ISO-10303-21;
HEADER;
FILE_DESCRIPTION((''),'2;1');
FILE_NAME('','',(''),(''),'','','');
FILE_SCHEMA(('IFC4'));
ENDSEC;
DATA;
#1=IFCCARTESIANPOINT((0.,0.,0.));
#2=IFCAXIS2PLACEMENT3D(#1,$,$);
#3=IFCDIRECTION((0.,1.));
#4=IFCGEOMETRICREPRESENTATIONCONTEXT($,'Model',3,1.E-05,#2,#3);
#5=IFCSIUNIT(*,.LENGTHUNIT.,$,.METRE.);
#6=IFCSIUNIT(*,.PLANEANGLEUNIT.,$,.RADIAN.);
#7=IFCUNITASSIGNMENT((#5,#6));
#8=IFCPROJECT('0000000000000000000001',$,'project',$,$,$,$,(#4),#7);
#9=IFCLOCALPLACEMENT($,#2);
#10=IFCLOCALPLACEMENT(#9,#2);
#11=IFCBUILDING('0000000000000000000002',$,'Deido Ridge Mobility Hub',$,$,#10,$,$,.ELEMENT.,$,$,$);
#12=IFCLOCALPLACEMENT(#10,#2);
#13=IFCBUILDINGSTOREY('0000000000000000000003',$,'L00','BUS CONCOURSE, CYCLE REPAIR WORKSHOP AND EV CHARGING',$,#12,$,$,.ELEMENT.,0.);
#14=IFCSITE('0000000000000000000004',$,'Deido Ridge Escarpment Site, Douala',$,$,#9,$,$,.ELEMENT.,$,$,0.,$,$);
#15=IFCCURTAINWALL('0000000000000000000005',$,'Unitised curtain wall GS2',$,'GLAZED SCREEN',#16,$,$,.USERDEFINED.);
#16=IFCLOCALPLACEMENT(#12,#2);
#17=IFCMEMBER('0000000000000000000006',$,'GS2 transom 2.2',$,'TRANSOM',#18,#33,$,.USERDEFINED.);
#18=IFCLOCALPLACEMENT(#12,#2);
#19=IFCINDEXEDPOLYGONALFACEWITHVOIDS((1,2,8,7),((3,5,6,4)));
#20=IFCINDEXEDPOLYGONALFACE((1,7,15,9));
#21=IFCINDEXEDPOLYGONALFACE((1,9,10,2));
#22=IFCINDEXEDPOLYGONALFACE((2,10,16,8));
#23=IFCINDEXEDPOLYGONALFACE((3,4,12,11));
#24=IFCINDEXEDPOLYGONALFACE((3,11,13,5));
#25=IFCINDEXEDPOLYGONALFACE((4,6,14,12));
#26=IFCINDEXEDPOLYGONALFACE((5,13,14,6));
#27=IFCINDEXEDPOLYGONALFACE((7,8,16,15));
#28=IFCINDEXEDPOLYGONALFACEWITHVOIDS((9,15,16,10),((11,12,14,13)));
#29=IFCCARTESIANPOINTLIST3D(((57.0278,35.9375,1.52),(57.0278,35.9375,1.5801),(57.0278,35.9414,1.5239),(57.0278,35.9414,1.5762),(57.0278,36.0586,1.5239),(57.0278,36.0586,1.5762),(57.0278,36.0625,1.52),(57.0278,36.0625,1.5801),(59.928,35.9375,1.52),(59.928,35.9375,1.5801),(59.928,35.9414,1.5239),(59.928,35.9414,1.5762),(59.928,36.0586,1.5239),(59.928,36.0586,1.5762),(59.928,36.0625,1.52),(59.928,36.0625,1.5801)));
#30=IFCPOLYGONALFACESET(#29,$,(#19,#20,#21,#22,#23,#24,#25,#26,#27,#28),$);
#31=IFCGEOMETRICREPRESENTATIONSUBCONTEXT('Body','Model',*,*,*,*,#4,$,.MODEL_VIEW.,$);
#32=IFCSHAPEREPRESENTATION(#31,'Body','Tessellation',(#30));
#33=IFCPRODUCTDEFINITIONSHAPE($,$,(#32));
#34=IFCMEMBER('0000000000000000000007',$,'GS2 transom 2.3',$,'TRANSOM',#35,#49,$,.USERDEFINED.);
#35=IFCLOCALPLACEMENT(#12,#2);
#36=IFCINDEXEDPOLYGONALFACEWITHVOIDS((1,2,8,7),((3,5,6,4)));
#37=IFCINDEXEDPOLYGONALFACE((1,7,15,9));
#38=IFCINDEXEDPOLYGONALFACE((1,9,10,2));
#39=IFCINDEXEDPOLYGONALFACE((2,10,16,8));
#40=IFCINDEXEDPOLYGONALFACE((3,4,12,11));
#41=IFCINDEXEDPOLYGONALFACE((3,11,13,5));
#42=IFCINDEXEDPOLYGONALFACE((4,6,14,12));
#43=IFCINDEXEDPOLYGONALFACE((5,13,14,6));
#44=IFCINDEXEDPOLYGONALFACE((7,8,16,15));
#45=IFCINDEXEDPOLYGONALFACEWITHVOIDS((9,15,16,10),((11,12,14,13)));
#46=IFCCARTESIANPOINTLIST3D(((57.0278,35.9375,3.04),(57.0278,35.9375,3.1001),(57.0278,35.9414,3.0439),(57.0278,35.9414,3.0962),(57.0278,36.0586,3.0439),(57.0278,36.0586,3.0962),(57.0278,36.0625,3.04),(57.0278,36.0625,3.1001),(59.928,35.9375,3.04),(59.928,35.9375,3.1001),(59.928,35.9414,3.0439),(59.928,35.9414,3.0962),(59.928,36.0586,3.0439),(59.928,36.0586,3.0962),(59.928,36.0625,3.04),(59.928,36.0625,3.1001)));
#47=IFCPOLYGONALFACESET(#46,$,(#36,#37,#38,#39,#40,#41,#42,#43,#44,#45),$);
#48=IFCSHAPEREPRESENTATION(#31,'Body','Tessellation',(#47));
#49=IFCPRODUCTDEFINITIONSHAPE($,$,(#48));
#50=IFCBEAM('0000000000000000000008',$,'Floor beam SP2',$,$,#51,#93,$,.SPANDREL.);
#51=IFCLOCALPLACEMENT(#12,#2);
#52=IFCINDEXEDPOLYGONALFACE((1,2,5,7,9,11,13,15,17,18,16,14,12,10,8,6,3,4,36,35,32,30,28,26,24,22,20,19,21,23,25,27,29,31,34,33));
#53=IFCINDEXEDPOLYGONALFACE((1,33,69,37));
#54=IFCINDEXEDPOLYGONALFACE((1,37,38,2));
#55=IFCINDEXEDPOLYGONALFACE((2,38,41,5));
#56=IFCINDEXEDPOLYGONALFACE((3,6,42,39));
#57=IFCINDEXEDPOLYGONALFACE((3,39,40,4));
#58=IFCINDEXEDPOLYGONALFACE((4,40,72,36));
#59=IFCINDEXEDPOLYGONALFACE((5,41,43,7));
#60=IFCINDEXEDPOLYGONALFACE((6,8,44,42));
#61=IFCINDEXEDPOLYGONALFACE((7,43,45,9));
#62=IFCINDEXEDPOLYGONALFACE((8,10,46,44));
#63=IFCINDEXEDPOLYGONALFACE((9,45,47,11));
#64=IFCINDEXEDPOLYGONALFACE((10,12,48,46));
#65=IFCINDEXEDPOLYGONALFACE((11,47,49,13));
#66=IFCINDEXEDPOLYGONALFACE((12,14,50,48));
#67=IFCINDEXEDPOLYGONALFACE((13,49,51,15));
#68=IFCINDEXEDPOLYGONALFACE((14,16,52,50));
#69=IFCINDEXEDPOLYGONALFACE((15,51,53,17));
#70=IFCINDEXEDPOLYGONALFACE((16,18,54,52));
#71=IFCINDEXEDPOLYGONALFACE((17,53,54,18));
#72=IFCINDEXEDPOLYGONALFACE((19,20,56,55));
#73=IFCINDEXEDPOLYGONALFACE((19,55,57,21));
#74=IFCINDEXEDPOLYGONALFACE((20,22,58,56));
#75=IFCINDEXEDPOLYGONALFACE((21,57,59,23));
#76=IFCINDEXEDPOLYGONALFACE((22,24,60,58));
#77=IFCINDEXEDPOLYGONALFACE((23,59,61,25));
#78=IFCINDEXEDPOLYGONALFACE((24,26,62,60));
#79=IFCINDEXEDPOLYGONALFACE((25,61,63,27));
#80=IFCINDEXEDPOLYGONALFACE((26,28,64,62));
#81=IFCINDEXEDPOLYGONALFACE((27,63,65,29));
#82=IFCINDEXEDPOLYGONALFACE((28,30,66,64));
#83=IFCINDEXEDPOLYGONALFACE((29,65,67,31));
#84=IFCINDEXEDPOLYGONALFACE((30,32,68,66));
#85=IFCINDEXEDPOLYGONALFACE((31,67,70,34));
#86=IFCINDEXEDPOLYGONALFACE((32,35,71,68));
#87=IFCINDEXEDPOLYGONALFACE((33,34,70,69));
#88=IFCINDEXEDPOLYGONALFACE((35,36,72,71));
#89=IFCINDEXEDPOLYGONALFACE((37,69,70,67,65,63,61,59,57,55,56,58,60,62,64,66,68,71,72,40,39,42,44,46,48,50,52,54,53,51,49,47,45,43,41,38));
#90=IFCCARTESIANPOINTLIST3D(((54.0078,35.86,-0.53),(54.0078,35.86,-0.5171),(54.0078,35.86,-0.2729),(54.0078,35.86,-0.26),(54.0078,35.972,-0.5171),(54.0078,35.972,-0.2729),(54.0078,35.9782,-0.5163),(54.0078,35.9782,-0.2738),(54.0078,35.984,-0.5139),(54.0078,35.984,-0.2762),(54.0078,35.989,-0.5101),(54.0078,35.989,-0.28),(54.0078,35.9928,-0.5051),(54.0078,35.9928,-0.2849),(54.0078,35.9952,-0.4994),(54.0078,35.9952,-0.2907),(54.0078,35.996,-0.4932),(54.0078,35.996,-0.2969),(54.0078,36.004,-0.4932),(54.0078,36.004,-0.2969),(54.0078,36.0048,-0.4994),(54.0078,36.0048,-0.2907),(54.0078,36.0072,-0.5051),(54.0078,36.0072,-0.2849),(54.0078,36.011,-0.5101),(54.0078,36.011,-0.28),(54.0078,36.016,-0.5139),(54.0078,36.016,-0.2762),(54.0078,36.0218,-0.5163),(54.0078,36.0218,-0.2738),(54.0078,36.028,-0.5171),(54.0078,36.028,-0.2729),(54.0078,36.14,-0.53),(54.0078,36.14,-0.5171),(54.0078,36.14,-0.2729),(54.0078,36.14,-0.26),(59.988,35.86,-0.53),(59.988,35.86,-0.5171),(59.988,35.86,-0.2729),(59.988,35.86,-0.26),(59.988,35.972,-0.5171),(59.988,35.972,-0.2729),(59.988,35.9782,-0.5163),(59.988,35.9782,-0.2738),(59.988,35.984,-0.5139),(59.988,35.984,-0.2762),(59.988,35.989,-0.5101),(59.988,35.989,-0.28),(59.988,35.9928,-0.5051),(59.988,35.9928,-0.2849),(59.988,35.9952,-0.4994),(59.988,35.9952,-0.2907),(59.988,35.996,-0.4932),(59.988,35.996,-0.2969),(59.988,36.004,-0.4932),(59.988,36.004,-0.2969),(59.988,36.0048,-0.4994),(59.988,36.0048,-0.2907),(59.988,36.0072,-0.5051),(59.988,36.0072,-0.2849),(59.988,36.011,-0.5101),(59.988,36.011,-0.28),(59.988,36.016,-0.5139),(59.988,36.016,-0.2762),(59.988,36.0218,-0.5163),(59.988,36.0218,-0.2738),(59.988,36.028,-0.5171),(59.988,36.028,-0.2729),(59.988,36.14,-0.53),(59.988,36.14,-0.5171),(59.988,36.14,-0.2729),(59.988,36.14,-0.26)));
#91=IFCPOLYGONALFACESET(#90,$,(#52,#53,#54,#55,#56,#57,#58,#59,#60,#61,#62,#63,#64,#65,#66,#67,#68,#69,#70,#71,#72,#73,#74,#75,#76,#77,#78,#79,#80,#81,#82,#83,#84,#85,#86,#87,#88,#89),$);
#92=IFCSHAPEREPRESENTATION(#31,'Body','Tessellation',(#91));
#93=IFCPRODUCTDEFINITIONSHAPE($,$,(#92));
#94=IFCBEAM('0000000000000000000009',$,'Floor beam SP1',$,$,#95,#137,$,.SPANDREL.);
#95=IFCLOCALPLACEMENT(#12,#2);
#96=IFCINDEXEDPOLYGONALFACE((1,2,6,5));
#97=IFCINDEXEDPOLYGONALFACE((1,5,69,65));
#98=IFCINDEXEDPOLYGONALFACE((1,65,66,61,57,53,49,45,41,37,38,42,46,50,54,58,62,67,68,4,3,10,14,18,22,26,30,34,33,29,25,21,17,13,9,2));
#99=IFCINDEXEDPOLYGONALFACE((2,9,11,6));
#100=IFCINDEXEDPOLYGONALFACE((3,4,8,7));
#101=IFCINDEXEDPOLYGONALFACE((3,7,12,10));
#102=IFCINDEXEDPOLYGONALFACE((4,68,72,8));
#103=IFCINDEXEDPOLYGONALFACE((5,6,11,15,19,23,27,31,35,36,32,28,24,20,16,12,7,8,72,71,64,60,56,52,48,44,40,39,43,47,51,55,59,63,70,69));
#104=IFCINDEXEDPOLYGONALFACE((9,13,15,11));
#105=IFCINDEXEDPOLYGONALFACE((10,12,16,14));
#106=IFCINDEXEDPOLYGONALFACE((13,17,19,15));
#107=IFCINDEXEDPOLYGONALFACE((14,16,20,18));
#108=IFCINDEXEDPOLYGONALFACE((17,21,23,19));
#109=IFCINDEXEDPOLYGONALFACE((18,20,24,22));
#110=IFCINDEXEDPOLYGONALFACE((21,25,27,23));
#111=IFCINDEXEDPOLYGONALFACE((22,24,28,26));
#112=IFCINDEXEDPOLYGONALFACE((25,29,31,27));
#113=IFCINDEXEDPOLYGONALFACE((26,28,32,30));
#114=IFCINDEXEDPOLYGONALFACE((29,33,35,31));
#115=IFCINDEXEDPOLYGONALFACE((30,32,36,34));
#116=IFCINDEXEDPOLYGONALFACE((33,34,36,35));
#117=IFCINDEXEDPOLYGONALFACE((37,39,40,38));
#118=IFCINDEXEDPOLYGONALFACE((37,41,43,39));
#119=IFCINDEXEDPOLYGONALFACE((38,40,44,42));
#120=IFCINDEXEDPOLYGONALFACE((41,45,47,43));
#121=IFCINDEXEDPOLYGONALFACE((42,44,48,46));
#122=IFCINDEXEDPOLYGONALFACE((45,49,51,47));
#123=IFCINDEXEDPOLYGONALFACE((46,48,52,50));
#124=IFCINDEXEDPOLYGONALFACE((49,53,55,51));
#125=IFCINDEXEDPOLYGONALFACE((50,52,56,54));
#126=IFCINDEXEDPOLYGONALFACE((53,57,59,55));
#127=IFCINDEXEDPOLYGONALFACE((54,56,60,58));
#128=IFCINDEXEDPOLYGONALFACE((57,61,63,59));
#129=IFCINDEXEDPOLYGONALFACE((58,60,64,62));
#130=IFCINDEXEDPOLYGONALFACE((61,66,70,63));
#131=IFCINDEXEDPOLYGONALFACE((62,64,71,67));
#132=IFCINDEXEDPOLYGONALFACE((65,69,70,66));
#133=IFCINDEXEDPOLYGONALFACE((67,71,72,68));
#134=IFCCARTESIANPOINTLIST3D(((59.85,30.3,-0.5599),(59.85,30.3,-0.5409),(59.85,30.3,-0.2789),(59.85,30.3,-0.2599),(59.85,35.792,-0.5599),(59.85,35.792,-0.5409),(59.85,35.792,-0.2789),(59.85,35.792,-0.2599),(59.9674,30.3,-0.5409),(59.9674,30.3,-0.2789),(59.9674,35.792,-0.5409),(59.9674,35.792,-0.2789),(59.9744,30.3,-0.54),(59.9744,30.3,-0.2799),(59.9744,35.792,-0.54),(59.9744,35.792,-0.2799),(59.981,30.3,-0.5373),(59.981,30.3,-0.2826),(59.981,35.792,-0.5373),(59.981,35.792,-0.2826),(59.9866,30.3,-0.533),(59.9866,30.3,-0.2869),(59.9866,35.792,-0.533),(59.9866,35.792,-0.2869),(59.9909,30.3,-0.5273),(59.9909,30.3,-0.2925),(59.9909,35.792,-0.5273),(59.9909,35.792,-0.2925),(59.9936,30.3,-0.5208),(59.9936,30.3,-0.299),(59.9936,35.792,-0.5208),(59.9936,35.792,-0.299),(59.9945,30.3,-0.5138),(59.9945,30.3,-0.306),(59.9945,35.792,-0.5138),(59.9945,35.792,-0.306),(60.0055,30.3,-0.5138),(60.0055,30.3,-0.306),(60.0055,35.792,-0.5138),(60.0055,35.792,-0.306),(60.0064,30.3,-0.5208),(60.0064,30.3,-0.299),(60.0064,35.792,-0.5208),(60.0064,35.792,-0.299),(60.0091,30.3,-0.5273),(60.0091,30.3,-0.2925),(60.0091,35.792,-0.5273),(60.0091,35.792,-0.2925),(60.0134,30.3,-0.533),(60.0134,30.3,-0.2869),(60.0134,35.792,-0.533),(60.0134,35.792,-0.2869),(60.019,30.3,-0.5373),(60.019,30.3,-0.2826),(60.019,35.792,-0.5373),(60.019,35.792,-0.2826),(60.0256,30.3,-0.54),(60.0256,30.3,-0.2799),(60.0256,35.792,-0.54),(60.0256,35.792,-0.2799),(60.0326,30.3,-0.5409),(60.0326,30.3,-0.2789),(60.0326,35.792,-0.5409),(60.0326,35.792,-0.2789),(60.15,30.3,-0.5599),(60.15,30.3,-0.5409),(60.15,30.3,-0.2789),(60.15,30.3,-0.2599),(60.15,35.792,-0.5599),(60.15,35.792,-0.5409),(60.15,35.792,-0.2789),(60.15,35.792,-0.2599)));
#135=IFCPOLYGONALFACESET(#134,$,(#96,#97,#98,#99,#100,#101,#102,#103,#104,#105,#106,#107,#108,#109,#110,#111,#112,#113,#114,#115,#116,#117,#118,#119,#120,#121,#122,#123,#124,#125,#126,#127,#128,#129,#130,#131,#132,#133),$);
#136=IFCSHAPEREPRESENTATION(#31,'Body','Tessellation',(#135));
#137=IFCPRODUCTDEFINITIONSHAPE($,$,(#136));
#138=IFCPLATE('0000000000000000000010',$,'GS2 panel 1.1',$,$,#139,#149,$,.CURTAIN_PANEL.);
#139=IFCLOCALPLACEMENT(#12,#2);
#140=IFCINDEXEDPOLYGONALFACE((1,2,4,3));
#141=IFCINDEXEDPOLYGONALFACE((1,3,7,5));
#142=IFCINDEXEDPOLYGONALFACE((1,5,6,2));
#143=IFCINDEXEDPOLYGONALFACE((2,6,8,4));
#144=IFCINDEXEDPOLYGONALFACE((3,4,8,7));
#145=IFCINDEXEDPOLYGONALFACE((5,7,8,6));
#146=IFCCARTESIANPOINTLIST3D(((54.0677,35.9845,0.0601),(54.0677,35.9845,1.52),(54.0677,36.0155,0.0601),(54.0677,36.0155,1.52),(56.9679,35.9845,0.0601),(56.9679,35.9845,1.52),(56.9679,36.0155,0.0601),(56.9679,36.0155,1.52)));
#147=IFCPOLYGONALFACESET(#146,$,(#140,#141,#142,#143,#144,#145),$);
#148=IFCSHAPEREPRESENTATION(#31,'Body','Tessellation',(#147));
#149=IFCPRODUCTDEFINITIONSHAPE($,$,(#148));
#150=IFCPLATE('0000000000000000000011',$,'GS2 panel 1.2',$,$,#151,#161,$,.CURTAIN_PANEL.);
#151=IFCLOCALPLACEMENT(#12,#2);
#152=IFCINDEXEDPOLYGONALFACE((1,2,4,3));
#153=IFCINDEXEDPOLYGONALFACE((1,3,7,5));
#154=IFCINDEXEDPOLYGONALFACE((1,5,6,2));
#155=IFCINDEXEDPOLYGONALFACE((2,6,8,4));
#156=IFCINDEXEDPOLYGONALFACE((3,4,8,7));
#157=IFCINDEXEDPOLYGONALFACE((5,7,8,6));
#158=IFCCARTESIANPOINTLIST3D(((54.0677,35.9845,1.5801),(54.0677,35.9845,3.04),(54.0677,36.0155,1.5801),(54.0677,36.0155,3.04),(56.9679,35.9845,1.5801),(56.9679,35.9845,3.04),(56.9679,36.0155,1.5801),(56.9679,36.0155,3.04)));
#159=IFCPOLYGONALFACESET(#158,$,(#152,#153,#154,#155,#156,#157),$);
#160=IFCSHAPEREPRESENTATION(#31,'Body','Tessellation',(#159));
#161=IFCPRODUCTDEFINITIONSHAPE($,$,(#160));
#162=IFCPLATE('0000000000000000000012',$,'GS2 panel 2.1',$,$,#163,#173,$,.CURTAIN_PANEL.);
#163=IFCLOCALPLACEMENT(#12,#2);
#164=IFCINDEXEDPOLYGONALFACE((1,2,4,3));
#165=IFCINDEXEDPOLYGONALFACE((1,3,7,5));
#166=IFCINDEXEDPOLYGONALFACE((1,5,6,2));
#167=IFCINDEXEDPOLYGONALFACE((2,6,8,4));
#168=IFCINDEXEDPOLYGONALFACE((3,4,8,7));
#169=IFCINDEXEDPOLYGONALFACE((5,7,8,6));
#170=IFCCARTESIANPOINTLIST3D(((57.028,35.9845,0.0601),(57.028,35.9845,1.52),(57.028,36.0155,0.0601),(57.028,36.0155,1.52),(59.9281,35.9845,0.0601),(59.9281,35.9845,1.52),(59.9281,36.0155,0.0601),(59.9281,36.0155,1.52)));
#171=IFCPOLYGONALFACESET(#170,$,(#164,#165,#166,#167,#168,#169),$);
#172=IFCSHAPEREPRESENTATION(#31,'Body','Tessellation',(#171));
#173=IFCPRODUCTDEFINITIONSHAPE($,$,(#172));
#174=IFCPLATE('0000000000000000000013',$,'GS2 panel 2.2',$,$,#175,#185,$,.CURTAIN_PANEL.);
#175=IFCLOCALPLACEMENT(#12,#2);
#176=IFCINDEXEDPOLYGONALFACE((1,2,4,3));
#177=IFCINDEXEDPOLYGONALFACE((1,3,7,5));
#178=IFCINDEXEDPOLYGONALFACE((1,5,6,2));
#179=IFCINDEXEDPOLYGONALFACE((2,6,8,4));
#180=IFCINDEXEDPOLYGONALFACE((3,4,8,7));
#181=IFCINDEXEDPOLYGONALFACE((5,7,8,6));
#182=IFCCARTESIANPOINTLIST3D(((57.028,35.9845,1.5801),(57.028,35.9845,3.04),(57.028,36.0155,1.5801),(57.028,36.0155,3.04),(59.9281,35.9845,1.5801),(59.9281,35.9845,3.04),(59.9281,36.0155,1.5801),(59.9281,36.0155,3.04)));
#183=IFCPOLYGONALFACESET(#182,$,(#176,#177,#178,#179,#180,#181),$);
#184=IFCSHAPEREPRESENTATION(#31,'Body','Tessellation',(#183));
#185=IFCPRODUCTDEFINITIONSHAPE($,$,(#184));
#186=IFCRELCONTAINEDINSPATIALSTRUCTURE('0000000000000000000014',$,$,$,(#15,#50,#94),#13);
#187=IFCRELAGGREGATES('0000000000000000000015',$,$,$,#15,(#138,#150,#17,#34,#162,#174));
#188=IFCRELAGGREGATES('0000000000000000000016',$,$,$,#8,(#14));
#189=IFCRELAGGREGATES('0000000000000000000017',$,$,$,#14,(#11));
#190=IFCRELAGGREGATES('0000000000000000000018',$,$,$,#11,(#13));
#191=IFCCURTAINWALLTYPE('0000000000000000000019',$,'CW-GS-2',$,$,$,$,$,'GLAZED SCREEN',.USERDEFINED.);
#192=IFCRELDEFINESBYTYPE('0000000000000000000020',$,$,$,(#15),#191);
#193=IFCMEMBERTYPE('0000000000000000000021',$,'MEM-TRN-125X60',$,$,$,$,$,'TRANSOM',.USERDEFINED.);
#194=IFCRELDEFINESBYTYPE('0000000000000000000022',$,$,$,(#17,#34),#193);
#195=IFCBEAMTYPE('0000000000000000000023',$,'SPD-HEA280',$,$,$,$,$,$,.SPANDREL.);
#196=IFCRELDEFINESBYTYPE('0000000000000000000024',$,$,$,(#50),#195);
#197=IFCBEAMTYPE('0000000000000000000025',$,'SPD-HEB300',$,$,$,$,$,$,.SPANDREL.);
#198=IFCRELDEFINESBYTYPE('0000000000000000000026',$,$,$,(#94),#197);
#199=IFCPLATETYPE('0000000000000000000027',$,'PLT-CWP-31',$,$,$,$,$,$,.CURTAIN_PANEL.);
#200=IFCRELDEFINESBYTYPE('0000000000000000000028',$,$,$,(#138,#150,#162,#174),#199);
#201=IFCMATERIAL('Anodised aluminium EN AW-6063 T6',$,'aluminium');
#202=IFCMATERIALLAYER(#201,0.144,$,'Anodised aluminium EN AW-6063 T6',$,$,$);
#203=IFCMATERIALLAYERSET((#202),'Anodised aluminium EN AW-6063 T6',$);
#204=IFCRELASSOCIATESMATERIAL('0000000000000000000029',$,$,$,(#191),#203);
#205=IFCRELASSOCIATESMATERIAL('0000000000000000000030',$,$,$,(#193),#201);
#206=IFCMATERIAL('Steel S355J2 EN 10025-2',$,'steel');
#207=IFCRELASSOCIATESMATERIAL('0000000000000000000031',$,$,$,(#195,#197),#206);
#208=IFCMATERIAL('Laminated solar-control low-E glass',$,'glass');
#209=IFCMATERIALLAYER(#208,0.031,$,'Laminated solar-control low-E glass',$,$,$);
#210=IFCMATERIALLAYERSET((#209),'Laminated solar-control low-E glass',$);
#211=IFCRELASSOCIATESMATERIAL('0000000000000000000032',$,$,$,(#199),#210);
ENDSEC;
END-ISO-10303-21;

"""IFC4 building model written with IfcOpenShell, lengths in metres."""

from ifc_helpers import new_model, si_unit, direction, frame, origin, origin_2d, place, context, subcontext, project, spatial, rectangle, hollow_rectangle, i_section, extrude, material, layer, layer_set, material_profile, profile_set, type_object, element, aggregate, save


model = new_model("IFC4")

# Units and contexts
model_context = context("Model", 3, precision=1e-05, world=origin(), true_north=direction((0.0, 1.0)))
body_context = subcontext(model_context, "Body", "Model", "MODEL_VIEW")
ifc_project = project(units=[si_unit("LENGTHUNIT", "METRE"), si_unit("PLANEANGLEUNIT", "RADIAN")], contexts=[model_context])

# Site, building, storey
site_placement = place(None, origin())
site = spatial("IfcSite", under=ifc_project, at=site_placement, Name="Deido Ridge Escarpment Site, Douala", CompositionType="ELEMENT", RefElevation=0.0)
building_placement = place(site_placement, origin())
building = spatial("IfcBuilding", under=site, at=building_placement, Name="Deido Ridge Mobility Hub", CompositionType="ELEMENT")
storey_placement = place(building_placement, origin())
storey = spatial("IfcBuildingStorey", under=building, at=storey_placement, Name="L00", Description="BUS CONCOURSE, CYCLE REPAIR WORKSHOP AND EV CHARGING", CompositionType="ELEMENT", Elevation=0.0)

# Shared definitions
ifc_material_1 = material(Name="Steel S355J2 EN 10025-2", Category="steel")

# Curtain wall, members
ifc_material_2 = material(Name="Anodised aluminium EN AW-6063 T6", Category="aluminium")
ifc_layer_1 = layer(ifc_material_2, 0.144, Name="Anodised aluminium EN AW-6063 T6")
ifc_layer_set_1 = layer_set([ifc_layer_1], Name="Anodised aluminium EN AW-6063 T6")
curtain_wall_type = type_object("IfcCurtainWallType", Name="CW-GS-2", ElementType="GLAZED SCREEN", PredefinedType="USERDEFINED", material=ifc_layer_set_1)
curtain_wall_placement = place(storey_placement, origin())
curtain_wall = element("IfcCurtainWall", 1, at=curtain_wall_placement, inside=storey, type_object=curtain_wall_type, Name="Unitised curtain wall GS2", ObjectType="GLAZED SCREEN", PredefinedType="USERDEFINED")
ifc_material_profile_1 = material_profile(ifc_material_2, hollow_rectangle(XDim=0.125, YDim=0.0601, WallThickness=0.0039, at=origin_2d()), Name="RHS 125x60x4")
ifc_profile_set_1 = profile_set([ifc_material_profile_1], Name="Anodised aluminium EN AW-6063 T6")
member_type_1 = type_object("IfcMemberType", Name="MEM-TRN-125X60", ElementType="TRANSOM", PredefinedType="USERDEFINED", material=ifc_profile_set_1)
member_1_placement = place(storey_placement, frame((57.0278, 36.0, 1.55), z_axis=(1.0, 0.0, 0.0), x_axis=(0.0, 1.0, 0.0)))
member_1 = element("IfcMember", 2, at=member_1_placement, type_object=member_type_1, Name="GS2 transom 2.2", ObjectType="TRANSOM", PredefinedType="USERDEFINED", context=body_context, shape_type="SweptSolid", body=[
    extrude(hollow_rectangle(XDim=0.125, YDim=0.0601, WallThickness=0.0039, at=origin_2d()), origin(), (0.0, 0.0, 1.0), 2.9001),
])
member_2_placement = place(storey_placement, frame((57.0278, 36.0, 3.0701), z_axis=(1.0, 0.0, 0.0), x_axis=(0.0, 1.0, 0.0)))
member_2 = element("IfcMember", 3, at=member_2_placement, type_object=member_type_1, Name="GS2 transom 2.3", ObjectType="TRANSOM", PredefinedType="USERDEFINED", context=body_context, shape_type="SweptSolid", body=[
    extrude(hollow_rectangle(XDim=0.125, YDim=0.0601, WallThickness=0.0039, at=origin_2d()), origin(), (0.0, 0.0, 1.0), 2.9001),
])

# Beams
ifc_material_profile_2 = material_profile(ifc_material_1, i_section(OverallWidth=0.28, OverallDepth=0.27, WebThickness=0.0081, FlangeThickness=0.0129, FilletRadius=0.0239, at=origin_2d()), Name="HEA 280")
ifc_profile_set_2 = profile_set([ifc_material_profile_2], Name="Steel S355J2 EN 10025-2")
beam_type_1 = type_object("IfcBeamType", Name="SPD-HEA280", PredefinedType="SPANDREL", material=ifc_profile_set_2)
beam_1_placement = place(storey_placement, frame((54.0078, 36.0, -0.395), z_axis=(1.0, 0.0, 0.0), x_axis=(0.0, 1.0, 0.0)))
element("IfcBeam", 4, at=beam_1_placement, inside=storey, type_object=beam_type_1, Name="Floor beam SP2", PredefinedType="SPANDREL", context=body_context, shape_type="SweptSolid", body=[
    extrude(i_section(OverallWidth=0.28, OverallDepth=0.27, WebThickness=0.0081, FlangeThickness=0.0129, FilletRadius=0.0239, at=origin_2d()), origin(), (0.0, 0.0, 1.0), 5.9802),
])
ifc_material_profile_3 = material_profile(ifc_material_1, i_section(OverallWidth=0.3, OverallDepth=0.3, WebThickness=0.011, FlangeThickness=0.019, FilletRadius=0.0271, at=origin_2d()), Name="HEB 300")
ifc_profile_set_3 = profile_set([ifc_material_profile_3], Name="Steel S355J2 EN 10025-2")
beam_type_2 = type_object("IfcBeamType", Name="SPD-HEB300", PredefinedType="SPANDREL", material=ifc_profile_set_3)
beam_2_placement = place(storey_placement, frame((60.0, 30.3, -0.4099), z_axis=(0.0, 1.0, 0.0), x_axis=(-1.0, 0.0, 0.0)))
element("IfcBeam", 5, at=beam_2_placement, inside=storey, type_object=beam_type_2, Name="Floor beam SP1", PredefinedType="SPANDREL", context=body_context, shape_type="SweptSolid", body=[
    extrude(i_section(OverallWidth=0.3, OverallDepth=0.3, WebThickness=0.011, FlangeThickness=0.019, FilletRadius=0.0271, at=origin_2d()), origin(), (0.0, 0.0, 1.0), 5.4919),
])

# Plates
ifc_material_3 = material(Name="Laminated solar-control low-E glass", Category="glass")
ifc_layer_2 = layer(ifc_material_3, 0.031, Name="Laminated solar-control low-E glass")
ifc_layer_set_2 = layer_set([ifc_layer_2], Name="Laminated solar-control low-E glass")
plate_type_1 = type_object("IfcPlateType", Name="PLT-CWP-31", PredefinedType="CURTAIN_PANEL", material=ifc_layer_set_2)
plate_1_placement = place(storey_placement, frame((55.5178, 36.0, 0.0601), z_axis=(0.0, 0.0, 1.0), x_axis=(1.0, 0.0, 0.0)))
plate_1 = element("IfcPlate", 6, at=plate_1_placement, type_object=plate_type_1, Name="GS2 panel 1.1", PredefinedType="CURTAIN_PANEL", context=body_context, shape_type="SweptSolid", body=[
    extrude(rectangle(XDim=2.9001, YDim=0.031, at=origin_2d()), origin(), (0.0, 0.0, 1.0), 1.46),
])
plate_2_placement = place(storey_placement, frame((55.5178, 36.0, 1.5801), z_axis=(0.0, 0.0, 1.0), x_axis=(1.0, 0.0, 0.0)))
plate_2 = element("IfcPlate", 7, at=plate_2_placement, type_object=plate_type_1, Name="GS2 panel 1.2", PredefinedType="CURTAIN_PANEL", context=body_context, shape_type="SweptSolid", body=[
    extrude(rectangle(XDim=2.9001, YDim=0.031, at=origin_2d()), origin(), (0.0, 0.0, 1.0), 1.46),
])
plate_3_placement = place(storey_placement, frame((58.478, 36.0, 0.0601), z_axis=(0.0, 0.0, 1.0), x_axis=(1.0, 0.0, 0.0)))
plate_3 = element("IfcPlate", 8, at=plate_3_placement, type_object=plate_type_1, Name="GS2 panel 2.1", PredefinedType="CURTAIN_PANEL", context=body_context, shape_type="SweptSolid", body=[
    extrude(rectangle(XDim=2.9001, YDim=0.031, at=origin_2d()), origin(), (0.0, 0.0, 1.0), 1.46),
])
plate_4_placement = place(storey_placement, frame((58.478, 36.0, 1.5801), z_axis=(0.0, 0.0, 1.0), x_axis=(1.0, 0.0, 0.0)))
plate_4 = element("IfcPlate", 9, at=plate_4_placement, type_object=plate_type_1, Name="GS2 panel 2.2", PredefinedType="CURTAIN_PANEL", context=body_context, shape_type="SweptSolid", body=[
    extrude(rectangle(XDim=2.9001, YDim=0.031, at=origin_2d()), origin(), (0.0, 0.0, 1.0), 1.46),
])
aggregate(curtain_wall, [plate_1, plate_2, member_1, member_2, plate_3, plate_4])

save(model, "model.ifc")
